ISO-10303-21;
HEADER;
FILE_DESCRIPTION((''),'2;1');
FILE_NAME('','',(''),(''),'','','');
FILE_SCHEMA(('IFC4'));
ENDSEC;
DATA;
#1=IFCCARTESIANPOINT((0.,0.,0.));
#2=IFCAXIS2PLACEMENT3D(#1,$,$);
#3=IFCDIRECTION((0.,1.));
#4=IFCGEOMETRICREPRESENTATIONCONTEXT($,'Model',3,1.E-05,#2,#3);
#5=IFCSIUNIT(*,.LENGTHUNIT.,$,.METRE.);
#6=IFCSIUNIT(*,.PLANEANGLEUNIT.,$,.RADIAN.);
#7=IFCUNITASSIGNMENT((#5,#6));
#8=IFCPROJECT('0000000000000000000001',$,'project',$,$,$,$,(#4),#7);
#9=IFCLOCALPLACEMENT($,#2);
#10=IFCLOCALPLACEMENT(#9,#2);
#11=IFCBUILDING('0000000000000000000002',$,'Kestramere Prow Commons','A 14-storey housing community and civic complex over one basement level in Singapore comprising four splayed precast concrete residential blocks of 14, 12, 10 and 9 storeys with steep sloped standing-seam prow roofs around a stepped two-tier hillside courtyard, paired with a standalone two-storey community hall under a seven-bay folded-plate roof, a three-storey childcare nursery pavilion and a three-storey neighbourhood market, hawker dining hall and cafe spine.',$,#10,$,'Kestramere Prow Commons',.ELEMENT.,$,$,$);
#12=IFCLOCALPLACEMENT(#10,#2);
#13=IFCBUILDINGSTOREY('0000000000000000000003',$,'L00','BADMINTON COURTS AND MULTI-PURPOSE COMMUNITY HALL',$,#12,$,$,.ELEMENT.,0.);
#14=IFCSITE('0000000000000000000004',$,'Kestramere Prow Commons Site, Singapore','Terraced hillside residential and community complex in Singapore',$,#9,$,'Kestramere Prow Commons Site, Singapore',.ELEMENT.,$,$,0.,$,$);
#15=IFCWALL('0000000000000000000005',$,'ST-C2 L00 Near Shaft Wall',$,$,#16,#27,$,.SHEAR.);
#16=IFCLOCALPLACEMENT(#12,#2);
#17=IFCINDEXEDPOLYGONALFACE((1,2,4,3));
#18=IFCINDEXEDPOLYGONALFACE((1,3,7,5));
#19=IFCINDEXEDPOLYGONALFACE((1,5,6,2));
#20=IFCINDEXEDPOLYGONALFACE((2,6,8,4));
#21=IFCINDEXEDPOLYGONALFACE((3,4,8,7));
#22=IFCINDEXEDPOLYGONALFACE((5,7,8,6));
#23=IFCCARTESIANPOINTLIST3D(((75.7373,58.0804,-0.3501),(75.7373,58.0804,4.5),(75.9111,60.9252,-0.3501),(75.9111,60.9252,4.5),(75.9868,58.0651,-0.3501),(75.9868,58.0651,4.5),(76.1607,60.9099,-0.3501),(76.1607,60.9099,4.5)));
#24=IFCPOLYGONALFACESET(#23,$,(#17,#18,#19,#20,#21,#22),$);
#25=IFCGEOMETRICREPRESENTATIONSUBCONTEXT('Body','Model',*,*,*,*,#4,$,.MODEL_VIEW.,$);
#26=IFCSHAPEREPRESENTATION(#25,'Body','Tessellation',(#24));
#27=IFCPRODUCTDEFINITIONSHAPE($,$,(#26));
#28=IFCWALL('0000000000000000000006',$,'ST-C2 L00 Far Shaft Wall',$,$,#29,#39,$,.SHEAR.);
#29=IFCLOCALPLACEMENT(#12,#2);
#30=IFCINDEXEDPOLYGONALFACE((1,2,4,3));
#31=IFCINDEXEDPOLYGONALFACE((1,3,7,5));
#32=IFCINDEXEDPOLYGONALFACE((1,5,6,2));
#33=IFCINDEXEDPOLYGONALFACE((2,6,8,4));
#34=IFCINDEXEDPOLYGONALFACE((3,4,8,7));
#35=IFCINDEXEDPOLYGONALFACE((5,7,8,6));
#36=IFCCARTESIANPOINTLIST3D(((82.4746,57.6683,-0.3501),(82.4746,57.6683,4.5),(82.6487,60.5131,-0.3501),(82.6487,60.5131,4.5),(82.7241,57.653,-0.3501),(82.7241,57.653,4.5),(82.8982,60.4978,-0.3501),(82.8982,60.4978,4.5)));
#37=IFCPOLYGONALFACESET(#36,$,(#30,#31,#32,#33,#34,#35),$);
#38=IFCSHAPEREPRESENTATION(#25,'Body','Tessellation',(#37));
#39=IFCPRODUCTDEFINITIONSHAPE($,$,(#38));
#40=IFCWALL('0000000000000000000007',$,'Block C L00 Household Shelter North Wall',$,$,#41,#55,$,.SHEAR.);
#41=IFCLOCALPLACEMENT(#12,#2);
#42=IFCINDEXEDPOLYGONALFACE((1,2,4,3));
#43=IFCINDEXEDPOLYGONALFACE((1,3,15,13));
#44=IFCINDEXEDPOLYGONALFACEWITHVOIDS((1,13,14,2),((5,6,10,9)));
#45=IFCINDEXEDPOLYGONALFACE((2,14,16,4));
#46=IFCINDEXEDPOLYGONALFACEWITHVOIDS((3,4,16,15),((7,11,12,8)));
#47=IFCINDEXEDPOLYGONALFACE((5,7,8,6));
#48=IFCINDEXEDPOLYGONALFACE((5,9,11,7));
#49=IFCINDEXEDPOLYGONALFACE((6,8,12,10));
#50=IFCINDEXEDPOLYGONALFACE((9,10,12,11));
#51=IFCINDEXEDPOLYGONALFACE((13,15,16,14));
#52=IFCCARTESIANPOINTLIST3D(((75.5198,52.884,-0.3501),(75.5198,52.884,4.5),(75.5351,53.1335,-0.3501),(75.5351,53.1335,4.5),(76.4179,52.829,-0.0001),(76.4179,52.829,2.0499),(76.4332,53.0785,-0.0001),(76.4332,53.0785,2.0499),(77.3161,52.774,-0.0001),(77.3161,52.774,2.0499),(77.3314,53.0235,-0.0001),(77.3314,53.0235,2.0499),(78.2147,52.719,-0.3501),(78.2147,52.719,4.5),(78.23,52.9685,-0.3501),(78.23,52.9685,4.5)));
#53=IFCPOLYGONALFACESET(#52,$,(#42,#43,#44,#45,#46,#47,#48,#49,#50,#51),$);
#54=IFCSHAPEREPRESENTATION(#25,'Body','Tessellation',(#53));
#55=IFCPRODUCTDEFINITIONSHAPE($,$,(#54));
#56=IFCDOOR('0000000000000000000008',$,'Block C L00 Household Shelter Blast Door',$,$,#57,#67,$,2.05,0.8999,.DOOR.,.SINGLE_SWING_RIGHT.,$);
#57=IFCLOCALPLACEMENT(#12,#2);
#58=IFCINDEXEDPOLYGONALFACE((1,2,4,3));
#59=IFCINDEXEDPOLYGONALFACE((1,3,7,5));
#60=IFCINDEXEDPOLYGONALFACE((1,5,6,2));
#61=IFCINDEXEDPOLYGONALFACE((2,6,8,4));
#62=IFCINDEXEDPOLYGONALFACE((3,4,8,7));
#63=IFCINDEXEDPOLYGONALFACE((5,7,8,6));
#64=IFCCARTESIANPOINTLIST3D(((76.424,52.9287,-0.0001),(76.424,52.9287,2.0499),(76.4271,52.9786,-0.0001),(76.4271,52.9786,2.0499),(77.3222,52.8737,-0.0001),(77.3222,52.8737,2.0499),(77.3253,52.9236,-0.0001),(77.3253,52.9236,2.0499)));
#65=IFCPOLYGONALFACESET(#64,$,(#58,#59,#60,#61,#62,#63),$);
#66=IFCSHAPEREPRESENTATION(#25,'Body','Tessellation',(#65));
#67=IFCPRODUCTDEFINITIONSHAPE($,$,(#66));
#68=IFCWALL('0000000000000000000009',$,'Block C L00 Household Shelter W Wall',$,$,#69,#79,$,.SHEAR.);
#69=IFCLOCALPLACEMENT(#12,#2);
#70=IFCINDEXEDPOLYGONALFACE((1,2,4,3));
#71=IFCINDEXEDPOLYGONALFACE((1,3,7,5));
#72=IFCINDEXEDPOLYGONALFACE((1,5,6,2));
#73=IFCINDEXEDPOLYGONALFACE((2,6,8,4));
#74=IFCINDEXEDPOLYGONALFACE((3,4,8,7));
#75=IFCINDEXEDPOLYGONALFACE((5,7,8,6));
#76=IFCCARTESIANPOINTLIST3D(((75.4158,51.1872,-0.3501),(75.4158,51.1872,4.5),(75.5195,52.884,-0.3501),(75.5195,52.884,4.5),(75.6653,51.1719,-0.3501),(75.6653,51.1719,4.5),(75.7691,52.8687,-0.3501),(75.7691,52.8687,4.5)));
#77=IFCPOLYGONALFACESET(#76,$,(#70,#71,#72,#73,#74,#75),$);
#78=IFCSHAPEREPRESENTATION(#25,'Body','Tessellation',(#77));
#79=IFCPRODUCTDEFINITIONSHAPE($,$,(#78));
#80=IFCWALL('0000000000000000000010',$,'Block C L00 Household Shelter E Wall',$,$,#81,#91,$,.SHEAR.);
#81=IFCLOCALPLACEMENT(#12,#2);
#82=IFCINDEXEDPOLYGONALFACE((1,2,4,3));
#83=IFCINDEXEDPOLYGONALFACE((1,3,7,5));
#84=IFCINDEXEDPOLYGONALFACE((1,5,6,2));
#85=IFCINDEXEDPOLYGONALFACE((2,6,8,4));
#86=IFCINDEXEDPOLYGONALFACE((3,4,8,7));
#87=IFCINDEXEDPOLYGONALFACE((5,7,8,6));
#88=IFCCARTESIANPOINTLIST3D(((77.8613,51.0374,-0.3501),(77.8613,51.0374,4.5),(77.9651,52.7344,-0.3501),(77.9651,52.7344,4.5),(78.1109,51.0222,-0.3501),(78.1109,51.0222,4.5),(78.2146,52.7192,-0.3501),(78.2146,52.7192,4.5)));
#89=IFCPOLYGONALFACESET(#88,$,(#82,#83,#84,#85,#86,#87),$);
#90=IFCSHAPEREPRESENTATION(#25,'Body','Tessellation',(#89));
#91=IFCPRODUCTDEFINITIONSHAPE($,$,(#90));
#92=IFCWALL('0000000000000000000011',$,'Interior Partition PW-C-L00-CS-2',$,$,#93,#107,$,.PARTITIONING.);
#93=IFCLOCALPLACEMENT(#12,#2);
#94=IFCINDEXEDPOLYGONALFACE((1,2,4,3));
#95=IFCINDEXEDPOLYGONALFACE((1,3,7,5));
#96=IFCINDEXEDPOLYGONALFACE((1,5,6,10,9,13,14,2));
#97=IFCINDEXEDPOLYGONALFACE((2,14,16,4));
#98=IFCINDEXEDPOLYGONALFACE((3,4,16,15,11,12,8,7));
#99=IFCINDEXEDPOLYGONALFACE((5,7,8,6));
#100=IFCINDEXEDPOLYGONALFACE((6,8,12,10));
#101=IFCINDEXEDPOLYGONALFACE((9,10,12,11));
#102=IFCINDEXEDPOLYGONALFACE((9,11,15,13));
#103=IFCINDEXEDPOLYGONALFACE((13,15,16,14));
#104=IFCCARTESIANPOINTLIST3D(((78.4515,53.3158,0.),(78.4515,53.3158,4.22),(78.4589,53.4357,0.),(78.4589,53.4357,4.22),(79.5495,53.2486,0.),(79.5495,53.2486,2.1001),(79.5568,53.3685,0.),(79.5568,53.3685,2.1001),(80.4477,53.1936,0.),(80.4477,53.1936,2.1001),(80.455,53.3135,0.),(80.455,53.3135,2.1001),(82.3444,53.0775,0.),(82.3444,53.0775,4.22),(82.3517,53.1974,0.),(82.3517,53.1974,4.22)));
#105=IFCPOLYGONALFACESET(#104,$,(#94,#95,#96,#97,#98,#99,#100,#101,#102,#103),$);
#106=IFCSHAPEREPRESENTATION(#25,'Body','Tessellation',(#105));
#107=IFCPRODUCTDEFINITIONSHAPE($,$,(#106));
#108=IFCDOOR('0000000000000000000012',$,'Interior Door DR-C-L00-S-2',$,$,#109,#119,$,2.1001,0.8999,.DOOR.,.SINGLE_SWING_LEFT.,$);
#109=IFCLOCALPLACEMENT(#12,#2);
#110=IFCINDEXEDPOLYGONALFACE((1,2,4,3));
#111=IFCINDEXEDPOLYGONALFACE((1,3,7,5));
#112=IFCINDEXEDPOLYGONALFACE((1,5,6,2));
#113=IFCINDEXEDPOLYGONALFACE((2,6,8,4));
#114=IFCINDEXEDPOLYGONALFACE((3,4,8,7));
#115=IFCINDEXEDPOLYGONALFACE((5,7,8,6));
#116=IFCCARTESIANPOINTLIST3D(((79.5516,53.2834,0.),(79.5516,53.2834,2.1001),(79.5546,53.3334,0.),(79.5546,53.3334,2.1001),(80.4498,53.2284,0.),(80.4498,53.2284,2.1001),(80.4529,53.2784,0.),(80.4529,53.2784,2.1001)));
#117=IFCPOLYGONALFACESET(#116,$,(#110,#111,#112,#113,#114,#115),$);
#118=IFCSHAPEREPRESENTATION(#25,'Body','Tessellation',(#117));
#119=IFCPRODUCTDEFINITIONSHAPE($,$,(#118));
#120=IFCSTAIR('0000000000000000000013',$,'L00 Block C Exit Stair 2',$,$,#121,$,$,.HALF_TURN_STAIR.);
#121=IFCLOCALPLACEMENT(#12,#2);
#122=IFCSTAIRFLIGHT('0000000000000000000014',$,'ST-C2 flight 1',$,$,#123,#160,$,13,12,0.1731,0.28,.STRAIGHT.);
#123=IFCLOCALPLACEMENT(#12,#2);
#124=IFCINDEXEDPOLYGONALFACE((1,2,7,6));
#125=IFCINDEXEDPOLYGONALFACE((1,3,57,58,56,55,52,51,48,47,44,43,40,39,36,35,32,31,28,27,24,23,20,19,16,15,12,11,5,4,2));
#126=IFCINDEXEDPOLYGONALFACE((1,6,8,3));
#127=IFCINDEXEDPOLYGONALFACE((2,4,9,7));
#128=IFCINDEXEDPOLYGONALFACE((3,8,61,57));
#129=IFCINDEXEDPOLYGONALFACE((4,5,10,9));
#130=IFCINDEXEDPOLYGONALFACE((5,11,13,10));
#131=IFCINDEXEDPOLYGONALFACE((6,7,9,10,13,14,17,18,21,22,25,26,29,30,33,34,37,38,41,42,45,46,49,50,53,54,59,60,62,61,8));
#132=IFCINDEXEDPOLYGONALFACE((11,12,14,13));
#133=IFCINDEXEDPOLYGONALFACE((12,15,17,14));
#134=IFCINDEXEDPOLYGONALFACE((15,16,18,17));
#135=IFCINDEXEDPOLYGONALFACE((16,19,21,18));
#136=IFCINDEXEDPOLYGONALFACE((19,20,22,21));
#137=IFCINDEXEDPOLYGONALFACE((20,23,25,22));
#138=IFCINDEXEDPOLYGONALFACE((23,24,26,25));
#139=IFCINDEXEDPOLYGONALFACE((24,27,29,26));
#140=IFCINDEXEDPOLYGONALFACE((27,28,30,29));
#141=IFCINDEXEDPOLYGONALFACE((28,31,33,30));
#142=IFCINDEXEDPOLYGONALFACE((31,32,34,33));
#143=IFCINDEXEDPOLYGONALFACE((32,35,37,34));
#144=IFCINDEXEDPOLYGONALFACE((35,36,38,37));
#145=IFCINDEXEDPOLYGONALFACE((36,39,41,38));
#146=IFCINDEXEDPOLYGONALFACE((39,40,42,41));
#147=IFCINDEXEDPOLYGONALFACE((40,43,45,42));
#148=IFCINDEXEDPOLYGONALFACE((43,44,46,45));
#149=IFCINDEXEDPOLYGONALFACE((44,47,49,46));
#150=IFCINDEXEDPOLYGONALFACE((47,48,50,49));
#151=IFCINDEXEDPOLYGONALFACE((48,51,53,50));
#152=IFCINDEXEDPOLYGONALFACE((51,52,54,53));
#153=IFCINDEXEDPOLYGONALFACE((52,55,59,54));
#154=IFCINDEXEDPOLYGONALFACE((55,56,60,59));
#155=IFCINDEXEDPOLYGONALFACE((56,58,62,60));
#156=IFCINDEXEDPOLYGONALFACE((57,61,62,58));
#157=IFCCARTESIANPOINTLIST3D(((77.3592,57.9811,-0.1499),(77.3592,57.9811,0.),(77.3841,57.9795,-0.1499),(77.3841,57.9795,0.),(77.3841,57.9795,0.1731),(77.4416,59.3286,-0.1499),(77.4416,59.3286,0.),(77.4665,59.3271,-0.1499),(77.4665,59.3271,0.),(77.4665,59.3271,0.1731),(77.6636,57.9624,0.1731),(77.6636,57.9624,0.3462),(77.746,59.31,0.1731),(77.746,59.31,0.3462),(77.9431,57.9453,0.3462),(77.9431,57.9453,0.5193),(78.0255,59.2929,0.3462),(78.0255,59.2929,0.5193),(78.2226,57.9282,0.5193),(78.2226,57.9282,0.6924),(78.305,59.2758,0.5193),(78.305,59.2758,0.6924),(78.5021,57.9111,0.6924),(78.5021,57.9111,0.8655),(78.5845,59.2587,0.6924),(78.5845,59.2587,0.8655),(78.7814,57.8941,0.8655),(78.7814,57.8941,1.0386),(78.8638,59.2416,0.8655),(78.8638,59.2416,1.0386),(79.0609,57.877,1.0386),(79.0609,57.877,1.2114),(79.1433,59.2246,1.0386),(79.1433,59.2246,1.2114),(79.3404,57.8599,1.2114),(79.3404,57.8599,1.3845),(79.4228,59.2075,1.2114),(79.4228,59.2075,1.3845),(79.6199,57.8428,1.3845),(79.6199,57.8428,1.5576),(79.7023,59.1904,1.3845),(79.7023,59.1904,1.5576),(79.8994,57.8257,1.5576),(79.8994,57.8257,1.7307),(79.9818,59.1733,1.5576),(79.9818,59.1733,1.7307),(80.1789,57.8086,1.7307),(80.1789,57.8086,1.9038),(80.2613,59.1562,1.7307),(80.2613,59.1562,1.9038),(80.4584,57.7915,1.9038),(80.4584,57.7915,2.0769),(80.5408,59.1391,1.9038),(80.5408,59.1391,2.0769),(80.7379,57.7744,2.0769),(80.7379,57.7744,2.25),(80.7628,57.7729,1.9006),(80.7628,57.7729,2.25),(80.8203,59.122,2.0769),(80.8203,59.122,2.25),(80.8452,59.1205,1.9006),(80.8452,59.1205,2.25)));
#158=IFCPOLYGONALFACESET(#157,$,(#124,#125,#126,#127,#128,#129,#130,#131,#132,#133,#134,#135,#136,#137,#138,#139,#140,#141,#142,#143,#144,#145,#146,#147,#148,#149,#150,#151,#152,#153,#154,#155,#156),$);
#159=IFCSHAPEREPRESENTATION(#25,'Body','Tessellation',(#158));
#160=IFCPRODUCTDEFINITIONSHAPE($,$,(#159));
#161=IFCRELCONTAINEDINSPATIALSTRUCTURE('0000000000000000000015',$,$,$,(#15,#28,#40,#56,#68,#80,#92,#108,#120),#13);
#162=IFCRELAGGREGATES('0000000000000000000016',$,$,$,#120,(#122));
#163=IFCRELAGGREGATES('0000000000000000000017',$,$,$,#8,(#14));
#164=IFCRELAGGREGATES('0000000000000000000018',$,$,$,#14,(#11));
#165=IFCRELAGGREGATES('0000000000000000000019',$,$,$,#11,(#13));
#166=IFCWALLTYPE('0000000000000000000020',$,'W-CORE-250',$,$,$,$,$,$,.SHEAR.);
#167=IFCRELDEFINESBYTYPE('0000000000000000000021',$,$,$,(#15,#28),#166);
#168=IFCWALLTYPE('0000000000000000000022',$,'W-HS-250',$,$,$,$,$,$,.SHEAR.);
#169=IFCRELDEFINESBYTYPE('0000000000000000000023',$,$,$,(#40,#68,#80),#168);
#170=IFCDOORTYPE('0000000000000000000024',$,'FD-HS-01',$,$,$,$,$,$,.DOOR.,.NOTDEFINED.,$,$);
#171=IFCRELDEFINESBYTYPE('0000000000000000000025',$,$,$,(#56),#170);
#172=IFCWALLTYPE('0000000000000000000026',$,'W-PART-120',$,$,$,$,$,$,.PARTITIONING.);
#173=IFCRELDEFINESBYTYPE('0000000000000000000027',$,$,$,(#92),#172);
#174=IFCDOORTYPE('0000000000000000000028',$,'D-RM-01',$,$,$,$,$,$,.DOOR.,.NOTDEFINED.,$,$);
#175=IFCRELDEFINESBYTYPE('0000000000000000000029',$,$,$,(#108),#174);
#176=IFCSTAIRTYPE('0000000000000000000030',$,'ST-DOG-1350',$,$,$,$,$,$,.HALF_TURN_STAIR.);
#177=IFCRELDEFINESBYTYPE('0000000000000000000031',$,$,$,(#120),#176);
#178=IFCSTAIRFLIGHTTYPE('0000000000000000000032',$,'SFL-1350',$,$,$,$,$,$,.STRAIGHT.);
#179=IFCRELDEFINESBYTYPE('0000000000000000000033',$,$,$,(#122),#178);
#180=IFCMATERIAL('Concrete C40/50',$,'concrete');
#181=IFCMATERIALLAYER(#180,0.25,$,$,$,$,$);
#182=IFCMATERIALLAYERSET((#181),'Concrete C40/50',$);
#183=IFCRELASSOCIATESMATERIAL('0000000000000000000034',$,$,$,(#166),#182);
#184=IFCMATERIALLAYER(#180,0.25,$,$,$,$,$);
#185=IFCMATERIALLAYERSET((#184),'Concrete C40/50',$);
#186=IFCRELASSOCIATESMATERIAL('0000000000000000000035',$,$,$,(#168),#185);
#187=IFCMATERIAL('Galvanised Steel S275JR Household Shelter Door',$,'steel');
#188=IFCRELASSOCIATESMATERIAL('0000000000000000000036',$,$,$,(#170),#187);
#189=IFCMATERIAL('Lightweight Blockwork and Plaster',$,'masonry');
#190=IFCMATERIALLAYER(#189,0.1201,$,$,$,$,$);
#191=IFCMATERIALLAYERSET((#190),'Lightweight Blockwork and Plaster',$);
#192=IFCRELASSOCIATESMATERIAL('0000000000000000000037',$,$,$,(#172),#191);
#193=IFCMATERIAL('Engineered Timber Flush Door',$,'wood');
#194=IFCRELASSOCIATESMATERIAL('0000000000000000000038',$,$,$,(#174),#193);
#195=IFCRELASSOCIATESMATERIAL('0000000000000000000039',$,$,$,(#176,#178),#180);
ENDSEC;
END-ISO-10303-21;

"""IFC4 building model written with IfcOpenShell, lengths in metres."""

from ifc_helpers import new_model, si_unit, direction, frame, frame_2d, origin, place, context, subcontext, project, spatial, polyline, rectangle, outline, extrude, material, layer, layer_set, type_object, element, fill, aggregate, save


model = new_model("IFC4")

# Units and contexts
model_context = context("Model", 3, precision=1e-05, world=origin(), true_north=direction((0.0, 1.0)))
body_context = subcontext(model_context, "Body", "Model", "MODEL_VIEW")
ifc_project = project(units=[si_unit("LENGTHUNIT", "METRE"), si_unit("PLANEANGLEUNIT", "RADIAN")], contexts=[model_context])

# Site, building, storey
site_placement = place(None, origin())
site = spatial("IfcSite", under=ifc_project, at=site_placement, Name="Kestramere Prow Commons Site, Singapore", Description="Terraced hillside residential and community complex in Singapore", LongName="Kestramere Prow Commons Site, Singapore", CompositionType="ELEMENT", RefElevation=0.0)
building_placement = place(site_placement, origin())
building = spatial("IfcBuilding", under=site, at=building_placement, Name="Kestramere Prow Commons", Description="A 14-storey housing community and civic complex over one basement level in Singapore comprising four splayed precast concrete residential blocks of 14, 12, 10 and 9 storeys with steep sloped standing-seam prow roofs around a stepped two-tier hillside courtyard, paired with a standalone two-storey community hall under a seven-bay folded-plate roof, a three-storey childcare nursery pavilion and a three-storey neighbourhood market, hawker dining hall and cafe spine.", LongName="Kestramere Prow Commons", CompositionType="ELEMENT")
storey_placement = place(building_placement, origin())
storey = spatial("IfcBuildingStorey", under=building, at=storey_placement, Name="L00", Description="BADMINTON COURTS AND MULTI-PURPOSE COMMUNITY HALL", CompositionType="ELEMENT", Elevation=0.0)

# Shared definitions
ifc_material_1 = material(Name="Concrete C40/50", Category="concrete")

# Shared definitions
ifc_layer_1 = layer(ifc_material_1, 0.25)
ifc_layer_set_1 = layer_set([ifc_layer_1], Name="Concrete C40/50")
wall_type_1 = type_object("IfcWallType", Name="W-CORE-250", PredefinedType="SHEAR", material=ifc_layer_set_1)

# Walls
for number, where, z_axis, x_axis, name in (
    (1, (75.8621, 58.0728, -0.3501), (0.0, 0.0, 1.0), (0.060992, 0.998138, 0.0), "ST-C2 L00 Near Shaft Wall"),
    (2, (82.5994, 57.6606, -0.3501), (0.0, 0.0, 1.0), (0.061077, 0.998133, 0.0), "ST-C2 L00 Far Shaft Wall"),
):
    element("IfcWall", number, at=place(storey_placement, frame(where, z_axis=z_axis, x_axis=x_axis)), inside=storey, type_object=wall_type_1, Name=name, PredefinedType="SHEAR", context=body_context, shape_type="SweptSolid", body=[
        extrude(rectangle(XDim=2.8501, YDim=0.25, at=frame_2d((1.425, 0.0))), origin(), (0.0, 0.0, 1.0), 4.8501),
    ])

# Wall, opening, door
ifc_layer_2 = layer(ifc_material_1, 0.25)
ifc_layer_set_2 = layer_set([ifc_layer_2], Name="Concrete C40/50")
wall_type_2 = type_object("IfcWallType", Name="W-HS-250", PredefinedType="SHEAR", material=ifc_layer_set_2)
wall_1_placement = place(storey_placement, frame((75.5273, 53.0088, -0.3501), z_axis=(0.0, 0.0, 1.0), x_axis=(0.99813, -0.061128, 0.0)))
wall_1 = element("IfcWall", 3, at=wall_1_placement, inside=storey, type_object=wall_type_2, Name="Block C L00 Household Shelter North Wall", PredefinedType="SHEAR", context=body_context, shape_type="SweptSolid", body=[
    extrude(rectangle(XDim=2.7, YDim=0.25, at=frame_2d((1.3501, 0.0))), origin(), (0.0, 0.0, 1.0), 4.8501),
])
opening_1_placement = place(wall_1_placement, frame((0.8999, 0.0, 0.3501)))
opening_1 = element("IfcOpeningElement", 4, at=opening_1_placement, cuts=wall_1, PredefinedType="OPENING", context=body_context, shape_type="SweptSolid", body=[
    extrude(rectangle(XDim=0.8999, YDim=2.05, at=frame_2d((0.45, 1.0249))), frame((0.0, 0.1399, 0.0), z_axis=(0.0, -1.0, 0.0), x_axis=(1.0, 0.0, 0.0)), (0.0, 0.0, 1.0), 0.28),
])
ifc_material_2 = material(Name="Galvanised Steel S275JR Household Shelter Door", Category="steel")
door_type_1 = type_object("IfcDoorType", Name="FD-HS-01", OperationType="NOTDEFINED", PredefinedType="DOOR", material=ifc_material_2)
door_1_placement = place(opening_1_placement, origin())
door_1 = element("IfcDoor", 5, at=door_1_placement, inside=storey, type_object=door_type_1, Name="Block C L00 Household Shelter Blast Door", OperationType="SINGLE_SWING_RIGHT", OverallHeight=2.05, OverallWidth=0.8999, PredefinedType="DOOR", context=body_context, shape_type="SweptSolid", body=[
    extrude(rectangle(XDim=0.8999, YDim=2.05, at=frame_2d((0.45, 1.0249))), frame((0.0, 0.0249, 0.0), z_axis=(0.0, -1.0, 0.0), x_axis=(1.0, 0.0, 0.0)), (0.0, 0.0, 1.0), 0.05),
])
fill(opening_1, door_1)

# Walls
wall_2_placement = place(storey_placement, frame((75.5405, 51.1794, -0.3501), z_axis=(0.0, 0.0, 1.0), x_axis=(0.061037, 0.998136, 0.0)))
element("IfcWall", 6, at=wall_2_placement, inside=storey, type_object=wall_type_2, Name="Block C L00 Household Shelter W Wall", PredefinedType="SHEAR", context=body_context, shape_type="SweptSolid", body=[
    extrude(rectangle(XDim=1.7, YDim=0.25, at=frame_2d((0.8501, 0.0))), origin(), (0.0, 0.0, 1.0), 4.8501),
])
wall_3_placement = place(storey_placement, frame((77.9861, 51.0298, -0.3501), z_axis=(0.0, 0.0, 1.0), x_axis=(0.061028, 0.998136, 0.0)))
element("IfcWall", 7, at=wall_3_placement, inside=storey, type_object=wall_type_2, Name="Block C L00 Household Shelter E Wall", PredefinedType="SHEAR", context=body_context, shape_type="SweptSolid", body=[
    extrude(rectangle(XDim=1.7002, YDim=0.25, at=frame_2d((0.8501, 0.0))), origin(), (0.0, 0.0, 1.0), 4.8501),
])

# Wall, opening, door
ifc_material_3 = material(Name="Lightweight Blockwork and Plaster", Category="masonry")
ifc_layer_3 = layer(ifc_material_3, 0.1201)
ifc_layer_set_3 = layer_set([ifc_layer_3], Name="Lightweight Blockwork and Plaster")
wall_type_3 = type_object("IfcWallType", Name="W-PART-120", PredefinedType="PARTITIONING", material=ifc_layer_set_3)
wall_4_placement = place(storey_placement, frame((78.4551, 53.3757, 0.0), z_axis=(0.0, 0.0, 1.0), x_axis=(0.998132, -0.061096, 0.0)))
wall_4 = element("IfcWall", 8, at=wall_4_placement, inside=storey, type_object=wall_type_3, Name="Interior Partition PW-C-L00-CS-2", PredefinedType="PARTITIONING", context=body_context, shape_type="SweptSolid", body=[
    extrude(rectangle(XDim=3.9001, YDim=0.1201, at=frame_2d((1.9502, 0.0))), origin(), (0.0, 0.0, 1.0), 4.22),
])
opening_2_placement = place(wall_4_placement, frame((1.1001, 0.0, 0.0)))
opening_2 = element("IfcOpeningElement", 9, at=opening_2_placement, cuts=wall_4, PredefinedType="OPENING", context=body_context, shape_type="SweptSolid", body=[
    extrude(rectangle(XDim=0.8999, YDim=2.1001, at=frame_2d((0.45, 1.05))), frame((0.0, 0.075, 0.0), z_axis=(0.0, -1.0, 0.0), x_axis=(1.0, 0.0, 0.0)), (0.0, 0.0, 1.0), 0.1501),
])
ifc_material_4 = material(Name="Engineered Timber Flush Door", Category="wood")
door_type_2 = type_object("IfcDoorType", Name="D-RM-01", OperationType="NOTDEFINED", PredefinedType="DOOR", material=ifc_material_4)
door_2_placement = place(opening_2_placement, origin())
door_2 = element("IfcDoor", 10, at=door_2_placement, inside=storey, type_object=door_type_2, Name="Interior Door DR-C-L00-S-2", OperationType="SINGLE_SWING_LEFT", OverallHeight=2.1001, OverallWidth=0.8999, PredefinedType="DOOR", context=body_context, shape_type="SweptSolid", body=[
    extrude(rectangle(XDim=0.8999, YDim=2.1001, at=frame_2d((0.45, 1.05))), frame((0.0, 0.0249, 0.0), z_axis=(0.0, -1.0, 0.0), x_axis=(1.0, 0.0, 0.0)), (0.0, 0.0, 1.0), 0.05),
])
fill(opening_2, door_2)

# Stair, stair flight
stair_type = type_object("IfcStairType", Name="ST-DOG-1350", PredefinedType="HALF_TURN_STAIR", material=ifc_material_1)
stair_placement = place(storey_placement, origin())
stair = element("IfcStair", 11, at=stair_placement, inside=storey, type_object=stair_type, Name="L00 Block C Exit Stair 2", PredefinedType="HALF_TURN_STAIR")
stair_flight_type = type_object("IfcStairFlightType", Name="SFL-1350", PredefinedType="STRAIGHT", material=ifc_material_1)
stair_flight_1_placement = place(storey_placement, frame((77.4253, 58.6533, 0.0), z_axis=(0.0, 0.0, 1.0), x_axis=(0.998135, -0.061049, 0.0)))
stair_flight_1 = element("IfcStairFlight", 12, at=stair_flight_1_placement, type_object=stair_flight_type, Name="ST-C2 flight 1", NumberOfRisers=13, NumberOfTreads=12, PredefinedType="STRAIGHT", RiserHeight=0.1731, TreadLength=0.28, context=body_context, shape_type="SweptSolid", body=[
    extrude(outline(polyline([(-0.0249, 0.0), (0.0, 0.0), (0.0, 0.1731), (0.28, 0.1731), (0.28, 0.3462), (0.5601, 0.3462), (0.5601, 0.5193), (0.8401, 0.5193), (0.8401, 0.6924), (1.1201, 0.6924), (1.1201, 0.8655), (1.3999, 0.8655), (1.3999, 1.0386), (1.6799, 1.0386), (1.6799, 1.2114), (1.96, 1.2114), (1.96, 1.3845), (2.24, 1.3845), (2.24, 1.5576), (2.52, 1.5576), (2.52, 1.7307), (2.8, 1.7307), (2.8, 1.9038), (3.0801, 1.9038), (3.0801, 2.0769), (3.3601, 2.0769), (3.3601, 2.25), (3.385, 2.25), (3.385, 1.9006), (0.0, -0.1499), (-0.0249, -0.1499), (-0.0249, 0.0)])), frame((0.0, 0.675, 0.0), z_axis=(0.0, -1.0, 0.0), x_axis=(1.0, 0.0, 0.0)), (0.0, 0.0, 1.0), 1.3501),
])
aggregate(stair, [stair_flight_1])

save(model, "model.ifc")
